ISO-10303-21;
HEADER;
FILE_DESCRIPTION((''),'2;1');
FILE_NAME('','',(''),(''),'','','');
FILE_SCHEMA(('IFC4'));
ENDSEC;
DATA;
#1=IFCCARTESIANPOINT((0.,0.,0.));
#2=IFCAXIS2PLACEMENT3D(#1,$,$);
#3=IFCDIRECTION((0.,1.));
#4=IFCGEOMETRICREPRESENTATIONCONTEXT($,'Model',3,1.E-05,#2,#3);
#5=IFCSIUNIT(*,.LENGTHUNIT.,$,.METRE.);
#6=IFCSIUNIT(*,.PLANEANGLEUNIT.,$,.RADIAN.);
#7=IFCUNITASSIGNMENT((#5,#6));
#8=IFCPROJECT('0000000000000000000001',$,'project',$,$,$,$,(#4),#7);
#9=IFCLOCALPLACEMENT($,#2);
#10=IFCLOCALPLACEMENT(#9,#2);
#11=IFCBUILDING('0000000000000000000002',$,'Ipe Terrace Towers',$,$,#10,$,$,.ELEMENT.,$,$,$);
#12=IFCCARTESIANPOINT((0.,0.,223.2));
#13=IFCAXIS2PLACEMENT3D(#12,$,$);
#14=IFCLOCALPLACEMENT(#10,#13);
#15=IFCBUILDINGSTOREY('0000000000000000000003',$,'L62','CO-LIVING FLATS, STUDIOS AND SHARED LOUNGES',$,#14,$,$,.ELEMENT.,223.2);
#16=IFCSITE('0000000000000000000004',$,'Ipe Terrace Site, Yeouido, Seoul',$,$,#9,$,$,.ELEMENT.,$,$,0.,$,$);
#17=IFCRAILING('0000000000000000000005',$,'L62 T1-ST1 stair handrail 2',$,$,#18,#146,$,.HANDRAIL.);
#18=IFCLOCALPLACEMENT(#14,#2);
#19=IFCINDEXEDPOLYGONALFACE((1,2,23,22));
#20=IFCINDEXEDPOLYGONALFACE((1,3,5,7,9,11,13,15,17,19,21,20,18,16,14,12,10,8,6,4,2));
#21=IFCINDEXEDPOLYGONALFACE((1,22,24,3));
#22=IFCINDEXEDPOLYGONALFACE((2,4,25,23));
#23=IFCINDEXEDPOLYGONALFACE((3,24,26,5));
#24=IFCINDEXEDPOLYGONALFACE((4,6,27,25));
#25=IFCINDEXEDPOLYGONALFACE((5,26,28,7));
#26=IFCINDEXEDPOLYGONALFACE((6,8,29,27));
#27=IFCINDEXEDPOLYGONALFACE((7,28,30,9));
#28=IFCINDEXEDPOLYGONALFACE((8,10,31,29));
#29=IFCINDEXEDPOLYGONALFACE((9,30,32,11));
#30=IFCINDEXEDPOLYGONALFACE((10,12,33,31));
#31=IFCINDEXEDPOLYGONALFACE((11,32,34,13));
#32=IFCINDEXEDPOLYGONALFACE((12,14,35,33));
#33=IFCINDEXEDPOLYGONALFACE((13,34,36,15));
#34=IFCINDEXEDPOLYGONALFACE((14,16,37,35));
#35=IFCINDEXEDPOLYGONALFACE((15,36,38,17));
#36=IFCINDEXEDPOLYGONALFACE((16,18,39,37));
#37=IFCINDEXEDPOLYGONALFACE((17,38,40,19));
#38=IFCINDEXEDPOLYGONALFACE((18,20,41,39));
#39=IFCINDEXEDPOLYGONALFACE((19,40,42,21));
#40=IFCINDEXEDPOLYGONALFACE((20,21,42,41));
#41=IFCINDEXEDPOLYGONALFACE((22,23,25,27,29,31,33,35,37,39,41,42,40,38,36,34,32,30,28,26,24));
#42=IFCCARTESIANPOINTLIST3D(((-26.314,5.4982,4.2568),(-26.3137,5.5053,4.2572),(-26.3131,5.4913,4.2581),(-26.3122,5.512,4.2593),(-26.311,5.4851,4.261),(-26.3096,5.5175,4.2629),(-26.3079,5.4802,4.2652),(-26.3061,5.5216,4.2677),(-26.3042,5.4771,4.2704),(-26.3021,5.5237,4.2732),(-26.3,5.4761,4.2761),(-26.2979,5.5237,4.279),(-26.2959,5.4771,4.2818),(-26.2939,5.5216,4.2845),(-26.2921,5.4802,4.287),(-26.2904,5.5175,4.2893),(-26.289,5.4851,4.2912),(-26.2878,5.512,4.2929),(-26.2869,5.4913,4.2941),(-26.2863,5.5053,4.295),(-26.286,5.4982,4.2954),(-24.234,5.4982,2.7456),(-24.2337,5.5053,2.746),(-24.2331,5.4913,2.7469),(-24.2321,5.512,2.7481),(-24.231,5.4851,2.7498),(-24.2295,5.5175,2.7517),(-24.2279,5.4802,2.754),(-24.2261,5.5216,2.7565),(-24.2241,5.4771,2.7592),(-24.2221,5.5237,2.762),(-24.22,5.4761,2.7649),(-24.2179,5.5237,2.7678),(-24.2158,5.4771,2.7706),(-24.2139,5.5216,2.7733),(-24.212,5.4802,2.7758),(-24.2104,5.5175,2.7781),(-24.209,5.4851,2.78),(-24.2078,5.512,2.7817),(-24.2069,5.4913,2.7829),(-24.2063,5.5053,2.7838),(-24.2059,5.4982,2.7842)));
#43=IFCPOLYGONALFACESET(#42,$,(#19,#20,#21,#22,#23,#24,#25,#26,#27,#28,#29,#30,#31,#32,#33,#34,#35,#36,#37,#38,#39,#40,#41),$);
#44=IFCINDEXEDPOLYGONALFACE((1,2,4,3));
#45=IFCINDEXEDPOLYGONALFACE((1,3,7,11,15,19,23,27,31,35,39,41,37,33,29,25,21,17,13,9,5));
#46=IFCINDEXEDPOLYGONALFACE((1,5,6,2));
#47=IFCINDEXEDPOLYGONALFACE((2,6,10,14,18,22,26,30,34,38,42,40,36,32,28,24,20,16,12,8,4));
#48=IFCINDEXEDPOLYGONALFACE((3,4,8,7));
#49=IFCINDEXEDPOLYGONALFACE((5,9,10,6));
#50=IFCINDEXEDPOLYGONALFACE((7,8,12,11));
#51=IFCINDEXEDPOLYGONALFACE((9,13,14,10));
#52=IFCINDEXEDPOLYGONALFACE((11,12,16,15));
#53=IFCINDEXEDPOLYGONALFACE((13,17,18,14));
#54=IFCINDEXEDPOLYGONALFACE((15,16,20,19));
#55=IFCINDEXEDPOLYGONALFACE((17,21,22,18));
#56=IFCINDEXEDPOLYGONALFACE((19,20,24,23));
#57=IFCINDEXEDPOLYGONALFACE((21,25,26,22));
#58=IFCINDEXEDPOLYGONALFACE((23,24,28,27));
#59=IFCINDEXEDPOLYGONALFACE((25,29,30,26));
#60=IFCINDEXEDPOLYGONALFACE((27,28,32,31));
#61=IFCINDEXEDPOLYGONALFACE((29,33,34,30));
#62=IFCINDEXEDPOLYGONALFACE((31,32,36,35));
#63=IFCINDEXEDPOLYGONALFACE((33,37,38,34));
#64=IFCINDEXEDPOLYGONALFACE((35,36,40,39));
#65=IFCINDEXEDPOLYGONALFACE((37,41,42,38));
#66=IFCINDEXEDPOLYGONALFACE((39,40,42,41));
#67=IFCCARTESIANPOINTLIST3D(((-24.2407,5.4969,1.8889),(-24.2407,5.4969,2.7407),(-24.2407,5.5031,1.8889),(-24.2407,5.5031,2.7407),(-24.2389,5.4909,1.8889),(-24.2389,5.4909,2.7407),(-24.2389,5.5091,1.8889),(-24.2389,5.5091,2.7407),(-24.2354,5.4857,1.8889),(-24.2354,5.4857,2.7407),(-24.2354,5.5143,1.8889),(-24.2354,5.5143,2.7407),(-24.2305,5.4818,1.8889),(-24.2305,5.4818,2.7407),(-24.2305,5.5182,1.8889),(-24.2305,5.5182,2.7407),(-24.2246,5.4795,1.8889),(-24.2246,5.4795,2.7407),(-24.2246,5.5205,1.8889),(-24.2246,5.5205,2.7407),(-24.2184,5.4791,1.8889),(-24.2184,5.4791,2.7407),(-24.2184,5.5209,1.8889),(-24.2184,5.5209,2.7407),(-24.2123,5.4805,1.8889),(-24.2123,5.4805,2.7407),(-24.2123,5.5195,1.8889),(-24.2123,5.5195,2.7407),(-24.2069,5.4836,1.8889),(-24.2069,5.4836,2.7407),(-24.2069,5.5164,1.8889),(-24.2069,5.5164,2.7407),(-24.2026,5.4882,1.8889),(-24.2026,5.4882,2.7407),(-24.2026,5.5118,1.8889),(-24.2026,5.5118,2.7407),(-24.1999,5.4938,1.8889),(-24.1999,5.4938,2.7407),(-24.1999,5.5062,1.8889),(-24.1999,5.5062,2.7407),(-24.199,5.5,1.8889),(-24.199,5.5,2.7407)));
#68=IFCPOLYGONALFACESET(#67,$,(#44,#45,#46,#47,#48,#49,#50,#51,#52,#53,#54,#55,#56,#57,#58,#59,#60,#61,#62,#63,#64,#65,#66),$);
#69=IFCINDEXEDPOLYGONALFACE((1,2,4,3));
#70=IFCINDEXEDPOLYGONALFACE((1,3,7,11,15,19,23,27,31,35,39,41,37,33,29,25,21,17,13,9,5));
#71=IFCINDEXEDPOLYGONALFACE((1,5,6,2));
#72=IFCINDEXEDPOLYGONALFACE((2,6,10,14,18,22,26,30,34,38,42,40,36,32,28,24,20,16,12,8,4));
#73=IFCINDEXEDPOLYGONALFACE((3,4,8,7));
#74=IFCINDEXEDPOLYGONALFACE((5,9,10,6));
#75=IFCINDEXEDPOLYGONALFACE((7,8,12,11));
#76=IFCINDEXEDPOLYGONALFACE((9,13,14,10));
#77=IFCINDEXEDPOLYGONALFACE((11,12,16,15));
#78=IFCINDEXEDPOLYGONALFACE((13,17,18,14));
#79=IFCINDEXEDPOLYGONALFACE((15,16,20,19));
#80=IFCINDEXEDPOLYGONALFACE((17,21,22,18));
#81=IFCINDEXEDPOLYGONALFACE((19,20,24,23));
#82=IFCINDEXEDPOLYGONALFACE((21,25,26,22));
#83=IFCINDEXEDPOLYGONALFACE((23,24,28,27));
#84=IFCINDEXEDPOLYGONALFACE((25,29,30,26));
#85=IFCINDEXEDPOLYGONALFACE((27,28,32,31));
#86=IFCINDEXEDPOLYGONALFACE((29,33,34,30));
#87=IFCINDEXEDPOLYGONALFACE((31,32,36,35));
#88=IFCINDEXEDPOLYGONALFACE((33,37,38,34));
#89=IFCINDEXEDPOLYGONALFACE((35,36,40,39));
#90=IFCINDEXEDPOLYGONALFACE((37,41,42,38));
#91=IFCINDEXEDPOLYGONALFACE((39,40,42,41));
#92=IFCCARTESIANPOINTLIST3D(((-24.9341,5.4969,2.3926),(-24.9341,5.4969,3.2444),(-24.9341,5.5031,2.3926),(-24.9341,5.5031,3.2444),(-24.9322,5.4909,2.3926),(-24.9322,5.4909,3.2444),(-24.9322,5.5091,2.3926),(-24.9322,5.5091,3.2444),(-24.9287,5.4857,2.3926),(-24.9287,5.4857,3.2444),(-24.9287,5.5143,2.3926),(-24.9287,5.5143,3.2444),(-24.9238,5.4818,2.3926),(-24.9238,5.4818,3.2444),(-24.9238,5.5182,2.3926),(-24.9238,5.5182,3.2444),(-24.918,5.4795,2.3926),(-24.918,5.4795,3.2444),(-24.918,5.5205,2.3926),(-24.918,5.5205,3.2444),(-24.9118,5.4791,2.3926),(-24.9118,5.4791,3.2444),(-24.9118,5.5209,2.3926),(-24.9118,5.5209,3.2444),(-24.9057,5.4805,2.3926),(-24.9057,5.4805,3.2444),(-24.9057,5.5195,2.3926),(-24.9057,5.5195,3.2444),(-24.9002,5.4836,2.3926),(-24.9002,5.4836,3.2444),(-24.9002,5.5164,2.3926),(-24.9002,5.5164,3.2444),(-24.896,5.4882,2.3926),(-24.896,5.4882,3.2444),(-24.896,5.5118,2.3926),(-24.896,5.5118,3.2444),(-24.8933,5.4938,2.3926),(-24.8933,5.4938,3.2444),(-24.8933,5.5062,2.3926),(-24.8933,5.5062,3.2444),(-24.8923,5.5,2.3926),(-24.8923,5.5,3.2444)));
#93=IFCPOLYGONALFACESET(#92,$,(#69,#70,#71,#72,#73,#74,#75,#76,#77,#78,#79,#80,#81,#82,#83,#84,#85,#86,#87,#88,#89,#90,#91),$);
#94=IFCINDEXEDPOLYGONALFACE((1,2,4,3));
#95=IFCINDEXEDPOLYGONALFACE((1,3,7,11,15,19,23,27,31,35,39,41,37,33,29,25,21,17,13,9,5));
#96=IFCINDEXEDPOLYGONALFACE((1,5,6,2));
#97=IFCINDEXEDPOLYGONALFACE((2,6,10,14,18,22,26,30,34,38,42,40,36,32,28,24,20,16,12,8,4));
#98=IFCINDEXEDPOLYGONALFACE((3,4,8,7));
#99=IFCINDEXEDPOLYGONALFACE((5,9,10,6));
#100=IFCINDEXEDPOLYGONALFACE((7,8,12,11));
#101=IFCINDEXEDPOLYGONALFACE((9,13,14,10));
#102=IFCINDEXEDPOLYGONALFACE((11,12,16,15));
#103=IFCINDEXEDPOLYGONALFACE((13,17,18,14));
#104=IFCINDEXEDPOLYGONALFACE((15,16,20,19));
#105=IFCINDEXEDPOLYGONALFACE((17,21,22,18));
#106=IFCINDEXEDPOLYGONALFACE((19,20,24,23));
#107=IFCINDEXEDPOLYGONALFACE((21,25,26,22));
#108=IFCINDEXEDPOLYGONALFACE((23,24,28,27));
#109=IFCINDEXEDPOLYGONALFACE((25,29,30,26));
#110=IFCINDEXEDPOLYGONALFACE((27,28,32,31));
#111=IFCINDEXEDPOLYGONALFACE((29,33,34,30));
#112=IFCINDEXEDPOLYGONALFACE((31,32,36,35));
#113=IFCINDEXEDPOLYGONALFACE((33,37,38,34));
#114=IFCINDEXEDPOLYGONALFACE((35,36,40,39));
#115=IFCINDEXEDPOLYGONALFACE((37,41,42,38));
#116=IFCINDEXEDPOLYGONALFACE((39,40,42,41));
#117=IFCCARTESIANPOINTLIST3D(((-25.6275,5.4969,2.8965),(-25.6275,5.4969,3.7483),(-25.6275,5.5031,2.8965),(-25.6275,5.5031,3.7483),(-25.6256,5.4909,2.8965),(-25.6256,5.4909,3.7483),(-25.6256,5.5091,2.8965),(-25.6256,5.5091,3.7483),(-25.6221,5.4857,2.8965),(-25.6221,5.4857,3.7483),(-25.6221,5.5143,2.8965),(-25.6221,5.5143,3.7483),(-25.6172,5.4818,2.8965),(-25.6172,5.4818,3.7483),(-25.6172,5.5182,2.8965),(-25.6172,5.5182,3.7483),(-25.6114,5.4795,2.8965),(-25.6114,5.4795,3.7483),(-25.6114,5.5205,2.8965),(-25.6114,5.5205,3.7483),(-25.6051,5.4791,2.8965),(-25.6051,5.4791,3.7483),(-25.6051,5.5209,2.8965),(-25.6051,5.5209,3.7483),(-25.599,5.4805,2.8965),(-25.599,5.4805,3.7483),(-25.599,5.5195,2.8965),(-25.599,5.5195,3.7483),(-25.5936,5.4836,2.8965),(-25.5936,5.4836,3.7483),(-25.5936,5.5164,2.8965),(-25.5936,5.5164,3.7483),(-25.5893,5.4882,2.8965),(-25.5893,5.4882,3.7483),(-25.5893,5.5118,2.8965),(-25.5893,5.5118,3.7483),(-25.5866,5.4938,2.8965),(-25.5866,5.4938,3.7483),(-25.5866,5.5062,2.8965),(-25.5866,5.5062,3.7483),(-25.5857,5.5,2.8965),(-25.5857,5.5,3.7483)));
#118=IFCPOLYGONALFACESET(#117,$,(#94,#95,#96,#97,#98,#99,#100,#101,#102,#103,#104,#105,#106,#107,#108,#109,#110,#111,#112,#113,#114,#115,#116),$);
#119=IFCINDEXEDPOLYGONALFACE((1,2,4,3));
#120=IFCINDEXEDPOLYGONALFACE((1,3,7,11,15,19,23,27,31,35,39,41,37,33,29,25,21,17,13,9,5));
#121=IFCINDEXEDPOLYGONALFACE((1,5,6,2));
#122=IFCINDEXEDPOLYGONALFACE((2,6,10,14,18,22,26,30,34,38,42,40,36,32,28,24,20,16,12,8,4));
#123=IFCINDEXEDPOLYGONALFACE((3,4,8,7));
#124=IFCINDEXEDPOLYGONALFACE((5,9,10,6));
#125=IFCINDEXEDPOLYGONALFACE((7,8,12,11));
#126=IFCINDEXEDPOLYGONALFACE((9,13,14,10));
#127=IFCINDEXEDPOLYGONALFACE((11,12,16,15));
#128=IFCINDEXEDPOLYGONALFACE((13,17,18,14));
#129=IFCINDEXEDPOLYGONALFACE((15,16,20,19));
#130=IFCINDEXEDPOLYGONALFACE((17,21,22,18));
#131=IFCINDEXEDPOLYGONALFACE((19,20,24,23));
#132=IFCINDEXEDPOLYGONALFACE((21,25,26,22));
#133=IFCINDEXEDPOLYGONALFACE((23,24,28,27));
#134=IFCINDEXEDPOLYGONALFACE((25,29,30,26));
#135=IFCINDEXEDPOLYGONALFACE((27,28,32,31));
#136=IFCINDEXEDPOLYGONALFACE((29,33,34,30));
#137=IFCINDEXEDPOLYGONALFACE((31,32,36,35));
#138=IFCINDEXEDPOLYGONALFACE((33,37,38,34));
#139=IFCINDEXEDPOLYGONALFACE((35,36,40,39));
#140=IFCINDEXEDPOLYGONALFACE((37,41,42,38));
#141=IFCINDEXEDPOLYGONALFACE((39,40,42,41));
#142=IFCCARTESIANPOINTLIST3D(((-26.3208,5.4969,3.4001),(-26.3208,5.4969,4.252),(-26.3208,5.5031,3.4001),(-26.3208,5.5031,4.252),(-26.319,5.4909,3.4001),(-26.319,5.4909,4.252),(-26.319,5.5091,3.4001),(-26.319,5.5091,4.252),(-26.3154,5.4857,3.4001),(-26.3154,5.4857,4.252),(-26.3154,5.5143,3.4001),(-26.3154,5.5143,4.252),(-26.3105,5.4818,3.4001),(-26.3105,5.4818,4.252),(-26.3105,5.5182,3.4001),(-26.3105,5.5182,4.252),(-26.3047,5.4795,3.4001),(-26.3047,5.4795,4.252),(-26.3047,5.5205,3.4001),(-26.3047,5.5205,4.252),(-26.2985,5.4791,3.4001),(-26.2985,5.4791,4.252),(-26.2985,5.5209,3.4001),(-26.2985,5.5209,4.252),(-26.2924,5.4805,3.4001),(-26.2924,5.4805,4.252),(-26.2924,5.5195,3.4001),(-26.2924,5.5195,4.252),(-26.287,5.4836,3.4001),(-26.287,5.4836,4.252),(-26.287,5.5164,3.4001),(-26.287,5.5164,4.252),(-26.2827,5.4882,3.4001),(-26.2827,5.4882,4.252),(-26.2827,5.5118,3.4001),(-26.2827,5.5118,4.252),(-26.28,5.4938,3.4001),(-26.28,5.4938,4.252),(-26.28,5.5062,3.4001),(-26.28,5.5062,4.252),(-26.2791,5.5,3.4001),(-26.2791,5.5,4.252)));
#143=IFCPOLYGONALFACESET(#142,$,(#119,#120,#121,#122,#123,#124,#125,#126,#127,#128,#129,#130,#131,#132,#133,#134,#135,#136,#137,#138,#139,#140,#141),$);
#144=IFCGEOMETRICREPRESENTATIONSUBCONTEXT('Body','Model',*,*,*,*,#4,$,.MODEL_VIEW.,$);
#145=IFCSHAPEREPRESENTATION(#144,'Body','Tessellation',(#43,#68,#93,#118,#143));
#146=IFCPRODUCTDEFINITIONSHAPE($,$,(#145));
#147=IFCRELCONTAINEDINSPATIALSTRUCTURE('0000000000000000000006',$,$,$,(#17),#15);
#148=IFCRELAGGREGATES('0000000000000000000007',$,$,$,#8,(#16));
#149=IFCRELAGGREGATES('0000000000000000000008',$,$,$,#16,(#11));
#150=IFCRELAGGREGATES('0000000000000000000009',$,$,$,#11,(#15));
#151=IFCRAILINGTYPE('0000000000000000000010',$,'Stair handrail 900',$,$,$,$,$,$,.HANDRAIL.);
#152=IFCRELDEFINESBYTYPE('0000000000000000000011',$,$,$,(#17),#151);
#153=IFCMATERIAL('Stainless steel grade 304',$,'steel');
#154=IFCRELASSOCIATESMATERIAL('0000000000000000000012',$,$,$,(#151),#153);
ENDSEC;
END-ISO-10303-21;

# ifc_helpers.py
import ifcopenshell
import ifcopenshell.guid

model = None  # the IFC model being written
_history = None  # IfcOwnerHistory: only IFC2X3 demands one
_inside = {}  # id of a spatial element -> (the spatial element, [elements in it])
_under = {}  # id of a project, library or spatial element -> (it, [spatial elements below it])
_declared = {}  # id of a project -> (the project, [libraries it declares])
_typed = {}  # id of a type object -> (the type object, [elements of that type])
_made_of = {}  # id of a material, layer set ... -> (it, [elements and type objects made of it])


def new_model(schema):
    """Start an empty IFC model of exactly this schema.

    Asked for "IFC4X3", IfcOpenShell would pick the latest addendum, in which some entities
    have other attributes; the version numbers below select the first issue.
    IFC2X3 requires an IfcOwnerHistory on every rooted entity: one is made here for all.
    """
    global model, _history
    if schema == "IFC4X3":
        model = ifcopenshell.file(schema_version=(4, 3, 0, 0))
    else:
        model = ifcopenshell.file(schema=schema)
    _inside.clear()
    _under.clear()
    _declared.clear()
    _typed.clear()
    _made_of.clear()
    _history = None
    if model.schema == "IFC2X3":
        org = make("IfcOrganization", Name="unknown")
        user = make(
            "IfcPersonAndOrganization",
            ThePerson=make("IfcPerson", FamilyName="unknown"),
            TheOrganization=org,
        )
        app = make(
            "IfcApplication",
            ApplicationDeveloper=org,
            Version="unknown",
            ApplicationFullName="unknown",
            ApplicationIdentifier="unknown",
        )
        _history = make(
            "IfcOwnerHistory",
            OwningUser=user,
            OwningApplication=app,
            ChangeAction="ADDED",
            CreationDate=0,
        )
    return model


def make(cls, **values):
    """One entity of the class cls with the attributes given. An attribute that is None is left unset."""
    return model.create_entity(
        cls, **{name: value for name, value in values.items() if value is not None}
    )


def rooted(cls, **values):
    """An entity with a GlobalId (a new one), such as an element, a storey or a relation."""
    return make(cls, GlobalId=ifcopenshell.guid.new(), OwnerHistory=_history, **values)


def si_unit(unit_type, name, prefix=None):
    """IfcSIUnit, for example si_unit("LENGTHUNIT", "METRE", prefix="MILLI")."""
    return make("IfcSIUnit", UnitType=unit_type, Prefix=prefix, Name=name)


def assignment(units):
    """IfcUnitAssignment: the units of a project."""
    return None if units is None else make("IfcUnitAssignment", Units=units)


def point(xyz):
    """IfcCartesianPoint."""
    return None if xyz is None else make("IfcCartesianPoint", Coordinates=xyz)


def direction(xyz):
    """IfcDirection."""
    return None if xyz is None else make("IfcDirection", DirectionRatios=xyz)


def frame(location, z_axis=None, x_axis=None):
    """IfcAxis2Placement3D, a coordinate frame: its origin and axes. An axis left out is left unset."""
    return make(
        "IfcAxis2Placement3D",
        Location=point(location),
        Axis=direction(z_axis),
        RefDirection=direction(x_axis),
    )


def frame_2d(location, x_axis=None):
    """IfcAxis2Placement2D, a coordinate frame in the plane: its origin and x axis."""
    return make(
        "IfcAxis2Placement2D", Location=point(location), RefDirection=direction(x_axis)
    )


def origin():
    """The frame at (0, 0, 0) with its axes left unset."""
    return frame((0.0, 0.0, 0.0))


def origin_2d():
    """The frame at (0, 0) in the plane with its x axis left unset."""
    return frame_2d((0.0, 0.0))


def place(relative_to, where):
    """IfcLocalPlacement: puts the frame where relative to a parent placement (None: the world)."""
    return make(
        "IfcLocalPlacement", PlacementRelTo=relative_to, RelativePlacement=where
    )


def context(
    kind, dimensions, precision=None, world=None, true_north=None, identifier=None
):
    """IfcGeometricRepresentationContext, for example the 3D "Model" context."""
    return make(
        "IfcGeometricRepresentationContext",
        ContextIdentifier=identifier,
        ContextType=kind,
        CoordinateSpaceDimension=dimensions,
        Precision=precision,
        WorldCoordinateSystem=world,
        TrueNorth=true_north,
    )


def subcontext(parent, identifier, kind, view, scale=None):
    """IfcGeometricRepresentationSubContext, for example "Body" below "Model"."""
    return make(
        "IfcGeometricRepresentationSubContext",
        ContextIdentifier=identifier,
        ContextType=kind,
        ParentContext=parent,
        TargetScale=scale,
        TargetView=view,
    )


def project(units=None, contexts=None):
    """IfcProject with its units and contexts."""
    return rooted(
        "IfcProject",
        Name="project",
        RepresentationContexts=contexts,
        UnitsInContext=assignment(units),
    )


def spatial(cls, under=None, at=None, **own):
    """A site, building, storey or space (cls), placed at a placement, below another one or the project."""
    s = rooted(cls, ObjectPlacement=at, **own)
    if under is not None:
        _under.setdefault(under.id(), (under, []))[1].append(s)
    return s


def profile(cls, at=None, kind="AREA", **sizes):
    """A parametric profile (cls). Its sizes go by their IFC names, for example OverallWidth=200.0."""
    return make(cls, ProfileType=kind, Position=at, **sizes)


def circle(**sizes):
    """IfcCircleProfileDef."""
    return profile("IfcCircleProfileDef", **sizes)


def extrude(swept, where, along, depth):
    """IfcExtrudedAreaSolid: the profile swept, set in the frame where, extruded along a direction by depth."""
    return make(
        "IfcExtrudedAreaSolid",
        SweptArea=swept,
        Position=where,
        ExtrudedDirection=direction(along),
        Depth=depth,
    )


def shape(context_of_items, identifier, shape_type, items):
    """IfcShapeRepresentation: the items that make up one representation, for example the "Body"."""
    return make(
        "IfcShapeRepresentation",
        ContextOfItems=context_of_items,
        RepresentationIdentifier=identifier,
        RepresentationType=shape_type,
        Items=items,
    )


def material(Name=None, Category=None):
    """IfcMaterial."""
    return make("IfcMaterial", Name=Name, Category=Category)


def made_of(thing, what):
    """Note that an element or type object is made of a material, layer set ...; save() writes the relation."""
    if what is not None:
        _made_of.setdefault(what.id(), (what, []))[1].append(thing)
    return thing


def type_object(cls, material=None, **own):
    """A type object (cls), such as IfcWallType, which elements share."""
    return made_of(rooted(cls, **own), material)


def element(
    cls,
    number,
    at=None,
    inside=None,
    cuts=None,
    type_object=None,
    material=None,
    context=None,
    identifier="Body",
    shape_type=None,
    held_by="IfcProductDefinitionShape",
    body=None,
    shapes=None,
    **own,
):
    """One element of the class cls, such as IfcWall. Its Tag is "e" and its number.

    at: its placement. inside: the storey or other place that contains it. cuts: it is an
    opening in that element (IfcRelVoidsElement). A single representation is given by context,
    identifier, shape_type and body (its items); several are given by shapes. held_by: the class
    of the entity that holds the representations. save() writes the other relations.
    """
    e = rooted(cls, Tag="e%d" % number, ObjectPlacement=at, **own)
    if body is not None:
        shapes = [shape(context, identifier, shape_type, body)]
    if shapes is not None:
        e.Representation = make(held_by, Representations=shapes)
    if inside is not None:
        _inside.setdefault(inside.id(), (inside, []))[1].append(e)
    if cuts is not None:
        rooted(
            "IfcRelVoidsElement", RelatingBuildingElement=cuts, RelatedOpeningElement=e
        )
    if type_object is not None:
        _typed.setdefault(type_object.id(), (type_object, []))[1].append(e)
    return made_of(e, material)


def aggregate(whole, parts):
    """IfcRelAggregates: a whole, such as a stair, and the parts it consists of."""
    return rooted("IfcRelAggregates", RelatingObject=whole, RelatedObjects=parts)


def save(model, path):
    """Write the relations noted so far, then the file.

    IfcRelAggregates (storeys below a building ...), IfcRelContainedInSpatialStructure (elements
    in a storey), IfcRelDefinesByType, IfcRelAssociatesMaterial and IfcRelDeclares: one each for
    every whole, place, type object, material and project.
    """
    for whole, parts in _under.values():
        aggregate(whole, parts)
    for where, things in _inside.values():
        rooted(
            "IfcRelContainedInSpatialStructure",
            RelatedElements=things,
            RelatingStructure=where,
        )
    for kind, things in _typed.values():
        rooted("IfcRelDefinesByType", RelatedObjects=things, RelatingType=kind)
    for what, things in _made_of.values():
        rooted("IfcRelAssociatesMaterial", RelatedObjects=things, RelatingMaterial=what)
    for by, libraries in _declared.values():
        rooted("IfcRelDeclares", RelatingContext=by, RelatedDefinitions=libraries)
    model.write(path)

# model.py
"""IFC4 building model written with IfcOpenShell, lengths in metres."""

from ifc_helpers import new_model, si_unit, direction, frame, origin, origin_2d, place, context, subcontext, project, spatial, circle, extrude, material, type_object, element, save


model = new_model("IFC4")

# Units and contexts
model_context = context("Model", 3, precision=1e-05, world=origin(), true_north=direction((0.0, 1.0)))
body_context = subcontext(model_context, "Body", "Model", "MODEL_VIEW")
ifc_project = project(units=[si_unit("LENGTHUNIT", "METRE"), si_unit("PLANEANGLEUNIT", "RADIAN")], contexts=[model_context])

# Site, building, storey
site_placement = place(None, origin())
site = spatial("IfcSite", under=ifc_project, at=site_placement, Name="Ipe Terrace Site, Yeouido, Seoul", CompositionType="ELEMENT", RefElevation=0.0)
building_placement = place(site_placement, origin())
building = spatial("IfcBuilding", under=site, at=building_placement, Name="Ipe Terrace Towers", CompositionType="ELEMENT")
storey_placement = place(building_placement, frame((0.0, 0.0, 223.2)))
storey = spatial("IfcBuildingStorey", under=building, at=storey_placement, Name="L62", Description="CO-LIVING FLATS, STUDIOS AND SHARED LOUNGES", CompositionType="ELEMENT", Elevation=223.2)

# Railing
ifc_material_1 = material(Name="Stainless steel grade 304", Category="steel")
railing_type_1 = type_object("IfcRailingType", Name="Stair handrail 900", PredefinedType="HANDRAIL", material=ifc_material_1)
railing_1_placement = place(storey_placement, frame((-24.22, 5.5, 1.8889)))
element("IfcRailing", 1, at=railing_1_placement, inside=storey, type_object=railing_type_1, Name="L62 T1-ST1 stair handrail 2", PredefinedType="HANDRAIL", context=body_context, shape_type="SweptSolid", body=[
    extrude(circle(Radius=0.0239, at=origin_2d()), frame((0.0, 0.0, 0.876), z_axis=(-0.809023, 0.0, 0.587776), x_axis=(0.0, -1.0, 0.0)), (0.0, 0.0, 1.0), 2.571),
    extrude(circle(Radius=0.021, at=origin_2d()), origin(), (0.0, 0.0, 1.0), 0.8518),
    extrude(circle(Radius=0.021, at=origin_2d()), frame((-0.6934, 0.0, 0.5037)), (0.0, 0.0, 1.0), 0.8518),
    extrude(circle(Radius=0.021, at=origin_2d()), frame((-1.3867, 0.0, 1.0076)), (0.0, 0.0, 1.0), 0.8518),
    extrude(circle(Radius=0.021, at=origin_2d()), frame((-2.0801, 0.0, 1.5112)), (0.0, 0.0, 1.0), 0.8518),
])

save(model, "model.ifc")
